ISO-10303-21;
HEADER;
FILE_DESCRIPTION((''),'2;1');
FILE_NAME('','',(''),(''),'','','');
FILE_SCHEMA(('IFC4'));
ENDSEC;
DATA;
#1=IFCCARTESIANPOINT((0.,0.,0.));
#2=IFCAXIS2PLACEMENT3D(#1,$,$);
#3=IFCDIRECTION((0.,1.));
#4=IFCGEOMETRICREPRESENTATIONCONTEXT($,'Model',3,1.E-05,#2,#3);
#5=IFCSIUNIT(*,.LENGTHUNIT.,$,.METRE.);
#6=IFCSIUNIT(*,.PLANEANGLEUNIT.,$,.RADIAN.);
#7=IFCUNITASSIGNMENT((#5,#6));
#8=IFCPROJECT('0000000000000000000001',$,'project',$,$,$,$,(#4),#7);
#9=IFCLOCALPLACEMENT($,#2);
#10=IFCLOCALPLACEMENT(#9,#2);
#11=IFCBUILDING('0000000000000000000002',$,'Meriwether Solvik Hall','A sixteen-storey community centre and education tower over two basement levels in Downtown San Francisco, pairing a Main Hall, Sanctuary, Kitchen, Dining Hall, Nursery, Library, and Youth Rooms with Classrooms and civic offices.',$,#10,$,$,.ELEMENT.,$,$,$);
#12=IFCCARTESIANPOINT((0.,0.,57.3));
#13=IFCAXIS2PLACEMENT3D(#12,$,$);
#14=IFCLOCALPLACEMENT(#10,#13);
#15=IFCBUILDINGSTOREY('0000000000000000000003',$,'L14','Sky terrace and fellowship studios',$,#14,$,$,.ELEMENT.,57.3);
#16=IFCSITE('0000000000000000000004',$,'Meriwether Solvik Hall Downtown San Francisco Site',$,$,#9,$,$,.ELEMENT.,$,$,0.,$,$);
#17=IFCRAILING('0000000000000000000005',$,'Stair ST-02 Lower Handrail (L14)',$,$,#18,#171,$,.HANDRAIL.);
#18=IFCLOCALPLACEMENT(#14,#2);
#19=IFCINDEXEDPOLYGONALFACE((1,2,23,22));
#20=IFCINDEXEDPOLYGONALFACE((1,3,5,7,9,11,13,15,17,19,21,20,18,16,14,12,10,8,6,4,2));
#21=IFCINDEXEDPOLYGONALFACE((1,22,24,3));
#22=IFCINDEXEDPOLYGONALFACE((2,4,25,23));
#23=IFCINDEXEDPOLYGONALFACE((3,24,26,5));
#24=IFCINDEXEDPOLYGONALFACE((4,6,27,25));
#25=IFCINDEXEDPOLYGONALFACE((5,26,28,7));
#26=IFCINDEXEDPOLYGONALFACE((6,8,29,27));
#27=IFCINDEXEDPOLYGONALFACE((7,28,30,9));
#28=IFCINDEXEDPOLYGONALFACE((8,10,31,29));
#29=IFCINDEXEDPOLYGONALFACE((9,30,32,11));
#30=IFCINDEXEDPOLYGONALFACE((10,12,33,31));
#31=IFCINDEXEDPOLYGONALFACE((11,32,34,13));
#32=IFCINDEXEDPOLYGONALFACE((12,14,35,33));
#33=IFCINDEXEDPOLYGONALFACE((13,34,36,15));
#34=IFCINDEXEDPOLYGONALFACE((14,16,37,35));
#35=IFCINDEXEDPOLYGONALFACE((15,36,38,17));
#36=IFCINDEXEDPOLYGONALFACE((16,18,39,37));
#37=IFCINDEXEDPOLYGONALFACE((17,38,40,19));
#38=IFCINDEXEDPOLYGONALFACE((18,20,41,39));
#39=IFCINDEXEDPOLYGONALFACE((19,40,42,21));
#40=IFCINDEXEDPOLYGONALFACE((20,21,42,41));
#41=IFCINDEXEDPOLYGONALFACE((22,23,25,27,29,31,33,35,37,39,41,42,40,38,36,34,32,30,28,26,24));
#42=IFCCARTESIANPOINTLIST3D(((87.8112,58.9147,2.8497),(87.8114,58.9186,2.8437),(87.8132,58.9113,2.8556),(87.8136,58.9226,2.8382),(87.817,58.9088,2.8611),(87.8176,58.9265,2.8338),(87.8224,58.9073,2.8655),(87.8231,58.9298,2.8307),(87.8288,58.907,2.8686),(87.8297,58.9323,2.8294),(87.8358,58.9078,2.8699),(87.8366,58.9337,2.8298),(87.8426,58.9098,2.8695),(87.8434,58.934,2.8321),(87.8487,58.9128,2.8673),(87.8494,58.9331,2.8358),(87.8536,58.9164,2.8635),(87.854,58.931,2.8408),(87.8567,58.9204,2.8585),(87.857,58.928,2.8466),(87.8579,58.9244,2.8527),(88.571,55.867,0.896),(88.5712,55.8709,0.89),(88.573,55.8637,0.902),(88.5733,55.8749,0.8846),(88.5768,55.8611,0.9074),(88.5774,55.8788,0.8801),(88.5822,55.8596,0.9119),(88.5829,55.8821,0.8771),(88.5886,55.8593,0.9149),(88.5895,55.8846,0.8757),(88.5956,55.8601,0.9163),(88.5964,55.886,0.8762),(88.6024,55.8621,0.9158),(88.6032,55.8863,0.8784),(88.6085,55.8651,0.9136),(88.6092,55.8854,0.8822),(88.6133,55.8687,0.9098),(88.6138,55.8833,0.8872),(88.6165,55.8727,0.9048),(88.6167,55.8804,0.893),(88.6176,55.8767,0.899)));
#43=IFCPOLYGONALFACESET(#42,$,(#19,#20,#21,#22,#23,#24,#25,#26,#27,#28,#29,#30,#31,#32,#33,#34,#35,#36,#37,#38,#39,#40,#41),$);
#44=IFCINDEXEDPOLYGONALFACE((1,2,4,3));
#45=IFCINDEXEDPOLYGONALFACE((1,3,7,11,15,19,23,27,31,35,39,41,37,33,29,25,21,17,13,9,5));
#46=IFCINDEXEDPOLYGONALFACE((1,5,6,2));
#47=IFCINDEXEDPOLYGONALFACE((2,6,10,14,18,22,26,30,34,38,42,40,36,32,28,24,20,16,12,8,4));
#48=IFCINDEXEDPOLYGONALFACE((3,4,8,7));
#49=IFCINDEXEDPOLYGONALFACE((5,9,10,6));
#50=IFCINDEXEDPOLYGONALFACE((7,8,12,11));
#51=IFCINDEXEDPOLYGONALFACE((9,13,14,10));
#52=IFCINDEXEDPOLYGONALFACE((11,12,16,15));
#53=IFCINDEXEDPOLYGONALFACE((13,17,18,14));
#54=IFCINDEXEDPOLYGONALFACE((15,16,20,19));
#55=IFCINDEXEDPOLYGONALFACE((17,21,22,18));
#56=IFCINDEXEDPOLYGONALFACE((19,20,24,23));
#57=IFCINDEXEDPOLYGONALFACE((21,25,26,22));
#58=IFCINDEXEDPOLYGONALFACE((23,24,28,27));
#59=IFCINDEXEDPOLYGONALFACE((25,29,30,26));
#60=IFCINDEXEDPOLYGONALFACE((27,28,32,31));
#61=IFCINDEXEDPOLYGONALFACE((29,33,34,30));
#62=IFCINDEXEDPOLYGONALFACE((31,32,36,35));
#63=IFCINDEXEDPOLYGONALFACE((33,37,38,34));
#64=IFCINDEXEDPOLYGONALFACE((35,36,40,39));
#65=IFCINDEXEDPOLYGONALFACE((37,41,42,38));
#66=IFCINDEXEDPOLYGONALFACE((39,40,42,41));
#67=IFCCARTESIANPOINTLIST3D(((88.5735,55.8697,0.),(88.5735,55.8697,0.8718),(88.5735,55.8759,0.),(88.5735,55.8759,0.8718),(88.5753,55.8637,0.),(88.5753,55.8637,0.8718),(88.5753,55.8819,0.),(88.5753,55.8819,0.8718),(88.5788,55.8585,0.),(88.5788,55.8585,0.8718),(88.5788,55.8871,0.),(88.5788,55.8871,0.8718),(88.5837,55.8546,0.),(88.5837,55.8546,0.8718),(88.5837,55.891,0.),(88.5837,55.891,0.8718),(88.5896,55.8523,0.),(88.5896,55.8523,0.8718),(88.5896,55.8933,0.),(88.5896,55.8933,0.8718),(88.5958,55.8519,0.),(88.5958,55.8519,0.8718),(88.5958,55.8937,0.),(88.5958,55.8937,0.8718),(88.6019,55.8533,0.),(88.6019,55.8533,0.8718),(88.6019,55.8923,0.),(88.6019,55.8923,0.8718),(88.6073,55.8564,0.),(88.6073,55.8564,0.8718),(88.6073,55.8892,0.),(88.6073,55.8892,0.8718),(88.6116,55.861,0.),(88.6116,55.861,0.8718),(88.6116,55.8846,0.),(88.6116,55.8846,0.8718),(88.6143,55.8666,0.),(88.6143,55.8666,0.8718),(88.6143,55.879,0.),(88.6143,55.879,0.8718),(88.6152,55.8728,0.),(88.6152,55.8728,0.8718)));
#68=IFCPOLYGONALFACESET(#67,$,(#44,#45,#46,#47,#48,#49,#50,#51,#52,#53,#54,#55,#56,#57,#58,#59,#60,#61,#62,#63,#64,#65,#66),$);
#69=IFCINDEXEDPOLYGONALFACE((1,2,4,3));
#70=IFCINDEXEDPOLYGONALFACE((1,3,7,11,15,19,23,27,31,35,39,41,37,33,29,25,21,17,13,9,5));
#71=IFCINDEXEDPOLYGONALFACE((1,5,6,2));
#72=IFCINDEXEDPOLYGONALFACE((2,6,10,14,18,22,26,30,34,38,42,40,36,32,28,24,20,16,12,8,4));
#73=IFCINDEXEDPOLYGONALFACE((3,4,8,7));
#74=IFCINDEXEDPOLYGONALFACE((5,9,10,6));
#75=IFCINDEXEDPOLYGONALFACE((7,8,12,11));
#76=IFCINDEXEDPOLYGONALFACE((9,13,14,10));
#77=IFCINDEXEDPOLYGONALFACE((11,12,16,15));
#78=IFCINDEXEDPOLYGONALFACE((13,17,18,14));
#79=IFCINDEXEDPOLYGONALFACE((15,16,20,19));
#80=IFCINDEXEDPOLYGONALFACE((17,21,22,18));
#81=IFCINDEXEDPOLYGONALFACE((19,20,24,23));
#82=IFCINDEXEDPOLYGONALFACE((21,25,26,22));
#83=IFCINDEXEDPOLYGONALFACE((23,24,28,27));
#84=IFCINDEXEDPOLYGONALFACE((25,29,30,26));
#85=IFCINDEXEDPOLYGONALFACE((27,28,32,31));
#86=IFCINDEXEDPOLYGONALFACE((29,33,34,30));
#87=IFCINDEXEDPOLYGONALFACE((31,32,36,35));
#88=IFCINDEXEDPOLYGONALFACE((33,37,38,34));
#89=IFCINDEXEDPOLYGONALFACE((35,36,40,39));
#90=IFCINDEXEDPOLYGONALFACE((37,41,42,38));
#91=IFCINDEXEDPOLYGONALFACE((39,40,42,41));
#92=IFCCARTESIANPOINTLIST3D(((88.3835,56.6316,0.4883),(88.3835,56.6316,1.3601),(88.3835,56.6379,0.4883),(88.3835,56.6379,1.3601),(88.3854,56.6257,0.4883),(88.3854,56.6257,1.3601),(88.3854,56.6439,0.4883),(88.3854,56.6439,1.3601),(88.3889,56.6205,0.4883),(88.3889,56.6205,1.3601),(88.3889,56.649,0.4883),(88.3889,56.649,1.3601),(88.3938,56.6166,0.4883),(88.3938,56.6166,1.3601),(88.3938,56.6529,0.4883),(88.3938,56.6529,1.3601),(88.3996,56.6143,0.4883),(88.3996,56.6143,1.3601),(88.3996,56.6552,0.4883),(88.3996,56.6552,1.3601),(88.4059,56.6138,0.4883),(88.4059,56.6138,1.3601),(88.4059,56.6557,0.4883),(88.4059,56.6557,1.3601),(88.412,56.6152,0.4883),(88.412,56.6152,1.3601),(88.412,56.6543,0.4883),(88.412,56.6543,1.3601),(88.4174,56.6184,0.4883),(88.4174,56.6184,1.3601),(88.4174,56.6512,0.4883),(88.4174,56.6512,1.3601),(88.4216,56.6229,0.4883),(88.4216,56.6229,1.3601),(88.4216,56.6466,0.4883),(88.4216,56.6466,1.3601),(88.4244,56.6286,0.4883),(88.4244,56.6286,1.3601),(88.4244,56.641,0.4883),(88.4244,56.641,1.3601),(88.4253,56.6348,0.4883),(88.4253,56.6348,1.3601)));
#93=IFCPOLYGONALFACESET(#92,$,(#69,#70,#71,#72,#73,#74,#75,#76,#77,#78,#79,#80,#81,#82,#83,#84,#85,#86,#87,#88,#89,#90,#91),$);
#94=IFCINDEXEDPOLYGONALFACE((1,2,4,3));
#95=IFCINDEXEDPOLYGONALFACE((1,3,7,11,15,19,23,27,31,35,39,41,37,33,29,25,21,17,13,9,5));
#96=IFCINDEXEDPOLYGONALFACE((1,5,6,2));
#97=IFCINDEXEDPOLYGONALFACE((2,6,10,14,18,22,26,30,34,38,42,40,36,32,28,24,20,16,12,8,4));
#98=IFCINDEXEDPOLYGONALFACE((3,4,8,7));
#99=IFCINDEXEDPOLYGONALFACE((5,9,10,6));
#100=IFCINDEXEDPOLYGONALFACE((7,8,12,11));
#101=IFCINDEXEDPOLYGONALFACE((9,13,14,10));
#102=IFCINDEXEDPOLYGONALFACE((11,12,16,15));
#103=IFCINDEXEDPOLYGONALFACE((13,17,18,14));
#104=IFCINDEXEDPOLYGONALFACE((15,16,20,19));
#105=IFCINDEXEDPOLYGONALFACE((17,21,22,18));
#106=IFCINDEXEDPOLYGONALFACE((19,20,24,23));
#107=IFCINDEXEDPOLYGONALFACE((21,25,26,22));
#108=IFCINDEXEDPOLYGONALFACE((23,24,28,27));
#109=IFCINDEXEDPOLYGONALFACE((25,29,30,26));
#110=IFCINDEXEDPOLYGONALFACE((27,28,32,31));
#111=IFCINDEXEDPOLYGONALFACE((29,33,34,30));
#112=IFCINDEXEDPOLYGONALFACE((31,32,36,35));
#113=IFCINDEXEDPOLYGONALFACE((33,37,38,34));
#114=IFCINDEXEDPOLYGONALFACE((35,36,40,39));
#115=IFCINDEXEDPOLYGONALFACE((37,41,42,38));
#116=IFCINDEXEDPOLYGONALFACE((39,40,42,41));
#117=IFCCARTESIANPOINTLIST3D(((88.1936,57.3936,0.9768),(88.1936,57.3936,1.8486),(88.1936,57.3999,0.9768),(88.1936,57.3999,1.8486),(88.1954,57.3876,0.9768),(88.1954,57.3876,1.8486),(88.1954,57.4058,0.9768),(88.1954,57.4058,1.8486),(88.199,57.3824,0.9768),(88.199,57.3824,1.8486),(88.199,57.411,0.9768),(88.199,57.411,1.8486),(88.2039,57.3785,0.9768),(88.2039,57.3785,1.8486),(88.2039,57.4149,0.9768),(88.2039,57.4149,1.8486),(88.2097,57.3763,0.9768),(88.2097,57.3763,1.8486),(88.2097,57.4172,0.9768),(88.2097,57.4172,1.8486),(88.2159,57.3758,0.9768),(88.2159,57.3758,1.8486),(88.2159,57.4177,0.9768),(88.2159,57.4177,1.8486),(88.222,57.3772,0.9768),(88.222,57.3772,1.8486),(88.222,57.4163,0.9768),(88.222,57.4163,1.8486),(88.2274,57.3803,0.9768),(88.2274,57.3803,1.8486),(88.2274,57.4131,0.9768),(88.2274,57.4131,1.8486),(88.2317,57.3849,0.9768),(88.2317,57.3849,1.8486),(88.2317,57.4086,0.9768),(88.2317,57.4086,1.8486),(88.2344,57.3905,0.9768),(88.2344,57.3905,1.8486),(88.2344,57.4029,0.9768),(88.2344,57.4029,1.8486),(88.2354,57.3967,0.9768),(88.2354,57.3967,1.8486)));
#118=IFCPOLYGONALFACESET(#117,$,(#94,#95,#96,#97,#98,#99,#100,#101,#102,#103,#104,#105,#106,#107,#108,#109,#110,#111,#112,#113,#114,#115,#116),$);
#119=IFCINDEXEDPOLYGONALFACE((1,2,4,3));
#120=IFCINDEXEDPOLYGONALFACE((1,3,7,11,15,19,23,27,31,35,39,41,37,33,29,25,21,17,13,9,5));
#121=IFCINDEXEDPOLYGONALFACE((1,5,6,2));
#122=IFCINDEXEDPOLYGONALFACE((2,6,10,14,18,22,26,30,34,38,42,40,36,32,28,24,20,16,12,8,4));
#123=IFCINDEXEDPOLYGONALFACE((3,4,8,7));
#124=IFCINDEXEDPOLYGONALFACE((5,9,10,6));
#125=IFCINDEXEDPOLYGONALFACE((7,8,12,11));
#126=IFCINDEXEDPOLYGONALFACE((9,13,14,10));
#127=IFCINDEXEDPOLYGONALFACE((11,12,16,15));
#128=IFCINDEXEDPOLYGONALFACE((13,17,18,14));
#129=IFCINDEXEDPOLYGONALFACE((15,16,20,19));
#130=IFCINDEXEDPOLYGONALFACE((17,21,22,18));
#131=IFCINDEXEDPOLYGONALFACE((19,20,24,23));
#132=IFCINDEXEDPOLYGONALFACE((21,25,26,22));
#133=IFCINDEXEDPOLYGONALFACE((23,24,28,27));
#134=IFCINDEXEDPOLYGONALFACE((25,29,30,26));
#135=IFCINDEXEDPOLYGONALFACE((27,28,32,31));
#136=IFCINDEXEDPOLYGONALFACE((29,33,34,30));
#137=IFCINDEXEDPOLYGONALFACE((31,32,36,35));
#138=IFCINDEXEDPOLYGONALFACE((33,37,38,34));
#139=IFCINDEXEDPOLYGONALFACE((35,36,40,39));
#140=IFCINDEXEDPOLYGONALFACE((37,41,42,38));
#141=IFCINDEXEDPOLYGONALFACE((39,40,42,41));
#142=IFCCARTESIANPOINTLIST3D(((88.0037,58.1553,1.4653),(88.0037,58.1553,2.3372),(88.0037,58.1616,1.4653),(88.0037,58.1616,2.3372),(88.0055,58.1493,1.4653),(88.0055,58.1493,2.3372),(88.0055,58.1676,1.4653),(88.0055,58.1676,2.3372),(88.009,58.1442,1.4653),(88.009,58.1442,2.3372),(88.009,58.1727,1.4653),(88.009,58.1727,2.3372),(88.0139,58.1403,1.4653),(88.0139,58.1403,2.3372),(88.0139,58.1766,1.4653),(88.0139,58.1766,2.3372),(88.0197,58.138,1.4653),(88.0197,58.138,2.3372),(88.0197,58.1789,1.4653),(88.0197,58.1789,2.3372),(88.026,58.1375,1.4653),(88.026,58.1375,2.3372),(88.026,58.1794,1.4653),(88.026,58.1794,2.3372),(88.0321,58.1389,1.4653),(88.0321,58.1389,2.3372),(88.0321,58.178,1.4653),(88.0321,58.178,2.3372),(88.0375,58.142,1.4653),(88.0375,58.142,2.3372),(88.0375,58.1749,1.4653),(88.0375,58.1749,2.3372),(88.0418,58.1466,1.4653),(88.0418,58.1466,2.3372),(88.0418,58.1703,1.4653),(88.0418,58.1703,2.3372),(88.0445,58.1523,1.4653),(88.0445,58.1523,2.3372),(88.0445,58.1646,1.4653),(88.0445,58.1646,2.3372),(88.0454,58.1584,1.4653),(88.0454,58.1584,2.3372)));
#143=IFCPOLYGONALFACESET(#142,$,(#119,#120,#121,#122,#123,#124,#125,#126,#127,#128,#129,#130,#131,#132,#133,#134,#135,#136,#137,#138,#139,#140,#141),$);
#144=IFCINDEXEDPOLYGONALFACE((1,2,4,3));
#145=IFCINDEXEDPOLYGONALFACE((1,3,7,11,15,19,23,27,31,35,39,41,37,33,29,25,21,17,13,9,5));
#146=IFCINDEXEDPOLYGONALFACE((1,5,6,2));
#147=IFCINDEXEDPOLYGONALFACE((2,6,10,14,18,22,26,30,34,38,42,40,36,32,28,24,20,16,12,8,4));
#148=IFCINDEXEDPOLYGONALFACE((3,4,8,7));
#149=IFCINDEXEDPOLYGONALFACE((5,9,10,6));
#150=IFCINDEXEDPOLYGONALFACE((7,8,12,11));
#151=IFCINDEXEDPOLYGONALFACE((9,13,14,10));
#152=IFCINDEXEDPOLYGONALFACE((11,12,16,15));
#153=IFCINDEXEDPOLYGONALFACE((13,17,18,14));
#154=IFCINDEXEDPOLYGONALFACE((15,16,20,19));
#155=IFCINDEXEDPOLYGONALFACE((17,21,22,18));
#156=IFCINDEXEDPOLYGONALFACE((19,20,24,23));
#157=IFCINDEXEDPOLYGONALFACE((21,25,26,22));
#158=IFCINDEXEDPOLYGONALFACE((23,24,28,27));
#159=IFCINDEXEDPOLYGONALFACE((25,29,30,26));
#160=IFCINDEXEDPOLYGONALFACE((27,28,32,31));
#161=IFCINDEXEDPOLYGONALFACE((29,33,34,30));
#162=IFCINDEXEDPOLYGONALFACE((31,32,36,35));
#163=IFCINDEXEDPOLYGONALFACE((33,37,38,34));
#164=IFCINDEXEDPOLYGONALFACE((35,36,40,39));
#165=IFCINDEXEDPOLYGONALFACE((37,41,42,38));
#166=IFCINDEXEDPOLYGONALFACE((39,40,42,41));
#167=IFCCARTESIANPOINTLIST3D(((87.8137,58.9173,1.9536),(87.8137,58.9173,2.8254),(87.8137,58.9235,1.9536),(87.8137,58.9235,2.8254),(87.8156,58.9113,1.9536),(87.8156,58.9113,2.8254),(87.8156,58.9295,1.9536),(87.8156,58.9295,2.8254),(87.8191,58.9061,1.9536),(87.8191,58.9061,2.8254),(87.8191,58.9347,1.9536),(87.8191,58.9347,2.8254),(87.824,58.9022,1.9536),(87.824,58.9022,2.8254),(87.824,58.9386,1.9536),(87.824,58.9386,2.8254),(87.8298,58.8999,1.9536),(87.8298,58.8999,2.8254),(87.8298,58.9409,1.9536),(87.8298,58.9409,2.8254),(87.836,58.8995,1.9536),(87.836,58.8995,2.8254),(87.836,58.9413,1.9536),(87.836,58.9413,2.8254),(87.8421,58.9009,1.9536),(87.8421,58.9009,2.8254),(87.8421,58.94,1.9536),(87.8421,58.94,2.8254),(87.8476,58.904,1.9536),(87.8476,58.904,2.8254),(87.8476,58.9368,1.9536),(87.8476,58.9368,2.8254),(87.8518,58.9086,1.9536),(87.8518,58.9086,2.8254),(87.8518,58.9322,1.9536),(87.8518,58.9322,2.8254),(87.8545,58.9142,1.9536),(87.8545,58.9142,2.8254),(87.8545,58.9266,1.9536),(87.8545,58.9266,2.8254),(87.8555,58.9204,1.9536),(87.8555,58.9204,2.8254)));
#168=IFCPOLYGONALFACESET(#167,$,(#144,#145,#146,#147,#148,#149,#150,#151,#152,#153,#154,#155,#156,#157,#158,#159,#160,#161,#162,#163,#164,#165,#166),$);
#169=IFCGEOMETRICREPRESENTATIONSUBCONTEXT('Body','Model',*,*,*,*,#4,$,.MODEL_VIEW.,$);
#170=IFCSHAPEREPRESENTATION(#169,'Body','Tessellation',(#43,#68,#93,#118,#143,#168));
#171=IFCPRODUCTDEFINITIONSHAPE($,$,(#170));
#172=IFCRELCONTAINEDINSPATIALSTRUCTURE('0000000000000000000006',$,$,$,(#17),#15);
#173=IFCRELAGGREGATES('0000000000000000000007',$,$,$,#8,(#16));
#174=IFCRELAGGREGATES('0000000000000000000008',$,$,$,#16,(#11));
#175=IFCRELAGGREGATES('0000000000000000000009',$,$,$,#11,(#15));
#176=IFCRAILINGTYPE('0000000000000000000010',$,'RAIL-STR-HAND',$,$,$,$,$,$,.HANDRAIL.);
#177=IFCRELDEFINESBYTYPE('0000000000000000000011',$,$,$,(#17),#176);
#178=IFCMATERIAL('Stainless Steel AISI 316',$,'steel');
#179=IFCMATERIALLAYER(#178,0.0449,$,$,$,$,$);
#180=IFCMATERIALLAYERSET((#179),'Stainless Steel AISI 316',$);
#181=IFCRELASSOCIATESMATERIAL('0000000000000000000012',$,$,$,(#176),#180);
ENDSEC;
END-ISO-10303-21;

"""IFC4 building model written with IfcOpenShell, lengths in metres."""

from ifc_helpers import new_model, si_unit, direction, frame, origin, origin_2d, place, context, subcontext, project, spatial, circle, extrude, material, layer, layer_set, type_object, element, save


model = new_model("IFC4")

# Units and contexts
model_context = context("Model", 3, precision=1e-05, world=origin(), true_north=direction((0.0, 1.0)))
body_context = subcontext(model_context, "Body", "Model", "MODEL_VIEW")
ifc_project = project(units=[si_unit("LENGTHUNIT", "METRE"), si_unit("PLANEANGLEUNIT", "RADIAN")], contexts=[model_context])

# Site, building, storey
site_placement = place(None, origin())
site = spatial("IfcSite", under=ifc_project, at=site_placement, Name="Meriwether Solvik Hall Downtown San Francisco Site", CompositionType="ELEMENT", RefElevation=0.0)
building_placement = place(site_placement, origin())
building = spatial("IfcBuilding", under=site, at=building_placement, Name="Meriwether Solvik Hall", Description="A sixteen-storey community centre and education tower over two basement levels in Downtown San Francisco, pairing a Main Hall, Sanctuary, Kitchen, Dining Hall, Nursery, Library, and Youth Rooms with Classrooms and civic offices.", CompositionType="ELEMENT")
storey_placement = place(building_placement, frame((0.0, 0.0, 57.3)))
storey = spatial("IfcBuildingStorey", under=building, at=storey_placement, Name="L14", Description="Sky terrace and fellowship studios", CompositionType="ELEMENT", Elevation=57.3)

# Railing
ifc_material_1 = material(Name="Stainless Steel AISI 316", Category="steel")
ifc_layer_1 = layer(ifc_material_1, 0.0449)
ifc_layer_set_1 = layer_set([ifc_layer_1], Name="Stainless Steel AISI 316")
railing_type_1 = type_object("IfcRailingType", Name="RAIL-STR-HAND", PredefinedType="HANDRAIL", material=ifc_layer_set_1)
railing_1_placement = place(storey_placement, frame((88.5942, 55.8728, 0.0)))
element("IfcRailing", 1, at=railing_1_placement, inside=storey, type_object=railing_type_1, Name="Stair ST-02 Lower Handrail (L14)", PredefinedType="HANDRAIL", context=body_context, shape_type="SweptSolid", body=[
    extrude(circle(Radius=0.0239, at=origin_2d()), frame((0.0, 0.0, 0.896), z_axis=(-0.205404, 0.823926, 0.528163), x_axis=(-0.970302, -0.241895, 0.0)), (0.0, 0.0, 1.0), 3.699),
    extrude(circle(Radius=0.021, at=origin_2d()), origin(), (0.0, 0.0, 1.0), 0.8718),
    extrude(circle(Radius=0.021, at=origin_2d()), frame((-0.1899, 0.762, 0.4883)), (0.0, 0.0, 1.0), 0.8718),
    extrude(circle(Radius=0.021, at=origin_2d()), frame((-0.3799, 1.5239, 0.9768)), (0.0, 0.0, 1.0), 0.8718),
    extrude(circle(Radius=0.021, at=origin_2d()), frame((-0.5698, 2.2856, 1.4653)), (0.0, 0.0, 1.0), 0.8718),
    extrude(circle(Radius=0.021, at=origin_2d()), frame((-0.7598, 3.0476, 1.9536)), (0.0, 0.0, 1.0), 0.8718),
])

save(model, "model.ifc")
